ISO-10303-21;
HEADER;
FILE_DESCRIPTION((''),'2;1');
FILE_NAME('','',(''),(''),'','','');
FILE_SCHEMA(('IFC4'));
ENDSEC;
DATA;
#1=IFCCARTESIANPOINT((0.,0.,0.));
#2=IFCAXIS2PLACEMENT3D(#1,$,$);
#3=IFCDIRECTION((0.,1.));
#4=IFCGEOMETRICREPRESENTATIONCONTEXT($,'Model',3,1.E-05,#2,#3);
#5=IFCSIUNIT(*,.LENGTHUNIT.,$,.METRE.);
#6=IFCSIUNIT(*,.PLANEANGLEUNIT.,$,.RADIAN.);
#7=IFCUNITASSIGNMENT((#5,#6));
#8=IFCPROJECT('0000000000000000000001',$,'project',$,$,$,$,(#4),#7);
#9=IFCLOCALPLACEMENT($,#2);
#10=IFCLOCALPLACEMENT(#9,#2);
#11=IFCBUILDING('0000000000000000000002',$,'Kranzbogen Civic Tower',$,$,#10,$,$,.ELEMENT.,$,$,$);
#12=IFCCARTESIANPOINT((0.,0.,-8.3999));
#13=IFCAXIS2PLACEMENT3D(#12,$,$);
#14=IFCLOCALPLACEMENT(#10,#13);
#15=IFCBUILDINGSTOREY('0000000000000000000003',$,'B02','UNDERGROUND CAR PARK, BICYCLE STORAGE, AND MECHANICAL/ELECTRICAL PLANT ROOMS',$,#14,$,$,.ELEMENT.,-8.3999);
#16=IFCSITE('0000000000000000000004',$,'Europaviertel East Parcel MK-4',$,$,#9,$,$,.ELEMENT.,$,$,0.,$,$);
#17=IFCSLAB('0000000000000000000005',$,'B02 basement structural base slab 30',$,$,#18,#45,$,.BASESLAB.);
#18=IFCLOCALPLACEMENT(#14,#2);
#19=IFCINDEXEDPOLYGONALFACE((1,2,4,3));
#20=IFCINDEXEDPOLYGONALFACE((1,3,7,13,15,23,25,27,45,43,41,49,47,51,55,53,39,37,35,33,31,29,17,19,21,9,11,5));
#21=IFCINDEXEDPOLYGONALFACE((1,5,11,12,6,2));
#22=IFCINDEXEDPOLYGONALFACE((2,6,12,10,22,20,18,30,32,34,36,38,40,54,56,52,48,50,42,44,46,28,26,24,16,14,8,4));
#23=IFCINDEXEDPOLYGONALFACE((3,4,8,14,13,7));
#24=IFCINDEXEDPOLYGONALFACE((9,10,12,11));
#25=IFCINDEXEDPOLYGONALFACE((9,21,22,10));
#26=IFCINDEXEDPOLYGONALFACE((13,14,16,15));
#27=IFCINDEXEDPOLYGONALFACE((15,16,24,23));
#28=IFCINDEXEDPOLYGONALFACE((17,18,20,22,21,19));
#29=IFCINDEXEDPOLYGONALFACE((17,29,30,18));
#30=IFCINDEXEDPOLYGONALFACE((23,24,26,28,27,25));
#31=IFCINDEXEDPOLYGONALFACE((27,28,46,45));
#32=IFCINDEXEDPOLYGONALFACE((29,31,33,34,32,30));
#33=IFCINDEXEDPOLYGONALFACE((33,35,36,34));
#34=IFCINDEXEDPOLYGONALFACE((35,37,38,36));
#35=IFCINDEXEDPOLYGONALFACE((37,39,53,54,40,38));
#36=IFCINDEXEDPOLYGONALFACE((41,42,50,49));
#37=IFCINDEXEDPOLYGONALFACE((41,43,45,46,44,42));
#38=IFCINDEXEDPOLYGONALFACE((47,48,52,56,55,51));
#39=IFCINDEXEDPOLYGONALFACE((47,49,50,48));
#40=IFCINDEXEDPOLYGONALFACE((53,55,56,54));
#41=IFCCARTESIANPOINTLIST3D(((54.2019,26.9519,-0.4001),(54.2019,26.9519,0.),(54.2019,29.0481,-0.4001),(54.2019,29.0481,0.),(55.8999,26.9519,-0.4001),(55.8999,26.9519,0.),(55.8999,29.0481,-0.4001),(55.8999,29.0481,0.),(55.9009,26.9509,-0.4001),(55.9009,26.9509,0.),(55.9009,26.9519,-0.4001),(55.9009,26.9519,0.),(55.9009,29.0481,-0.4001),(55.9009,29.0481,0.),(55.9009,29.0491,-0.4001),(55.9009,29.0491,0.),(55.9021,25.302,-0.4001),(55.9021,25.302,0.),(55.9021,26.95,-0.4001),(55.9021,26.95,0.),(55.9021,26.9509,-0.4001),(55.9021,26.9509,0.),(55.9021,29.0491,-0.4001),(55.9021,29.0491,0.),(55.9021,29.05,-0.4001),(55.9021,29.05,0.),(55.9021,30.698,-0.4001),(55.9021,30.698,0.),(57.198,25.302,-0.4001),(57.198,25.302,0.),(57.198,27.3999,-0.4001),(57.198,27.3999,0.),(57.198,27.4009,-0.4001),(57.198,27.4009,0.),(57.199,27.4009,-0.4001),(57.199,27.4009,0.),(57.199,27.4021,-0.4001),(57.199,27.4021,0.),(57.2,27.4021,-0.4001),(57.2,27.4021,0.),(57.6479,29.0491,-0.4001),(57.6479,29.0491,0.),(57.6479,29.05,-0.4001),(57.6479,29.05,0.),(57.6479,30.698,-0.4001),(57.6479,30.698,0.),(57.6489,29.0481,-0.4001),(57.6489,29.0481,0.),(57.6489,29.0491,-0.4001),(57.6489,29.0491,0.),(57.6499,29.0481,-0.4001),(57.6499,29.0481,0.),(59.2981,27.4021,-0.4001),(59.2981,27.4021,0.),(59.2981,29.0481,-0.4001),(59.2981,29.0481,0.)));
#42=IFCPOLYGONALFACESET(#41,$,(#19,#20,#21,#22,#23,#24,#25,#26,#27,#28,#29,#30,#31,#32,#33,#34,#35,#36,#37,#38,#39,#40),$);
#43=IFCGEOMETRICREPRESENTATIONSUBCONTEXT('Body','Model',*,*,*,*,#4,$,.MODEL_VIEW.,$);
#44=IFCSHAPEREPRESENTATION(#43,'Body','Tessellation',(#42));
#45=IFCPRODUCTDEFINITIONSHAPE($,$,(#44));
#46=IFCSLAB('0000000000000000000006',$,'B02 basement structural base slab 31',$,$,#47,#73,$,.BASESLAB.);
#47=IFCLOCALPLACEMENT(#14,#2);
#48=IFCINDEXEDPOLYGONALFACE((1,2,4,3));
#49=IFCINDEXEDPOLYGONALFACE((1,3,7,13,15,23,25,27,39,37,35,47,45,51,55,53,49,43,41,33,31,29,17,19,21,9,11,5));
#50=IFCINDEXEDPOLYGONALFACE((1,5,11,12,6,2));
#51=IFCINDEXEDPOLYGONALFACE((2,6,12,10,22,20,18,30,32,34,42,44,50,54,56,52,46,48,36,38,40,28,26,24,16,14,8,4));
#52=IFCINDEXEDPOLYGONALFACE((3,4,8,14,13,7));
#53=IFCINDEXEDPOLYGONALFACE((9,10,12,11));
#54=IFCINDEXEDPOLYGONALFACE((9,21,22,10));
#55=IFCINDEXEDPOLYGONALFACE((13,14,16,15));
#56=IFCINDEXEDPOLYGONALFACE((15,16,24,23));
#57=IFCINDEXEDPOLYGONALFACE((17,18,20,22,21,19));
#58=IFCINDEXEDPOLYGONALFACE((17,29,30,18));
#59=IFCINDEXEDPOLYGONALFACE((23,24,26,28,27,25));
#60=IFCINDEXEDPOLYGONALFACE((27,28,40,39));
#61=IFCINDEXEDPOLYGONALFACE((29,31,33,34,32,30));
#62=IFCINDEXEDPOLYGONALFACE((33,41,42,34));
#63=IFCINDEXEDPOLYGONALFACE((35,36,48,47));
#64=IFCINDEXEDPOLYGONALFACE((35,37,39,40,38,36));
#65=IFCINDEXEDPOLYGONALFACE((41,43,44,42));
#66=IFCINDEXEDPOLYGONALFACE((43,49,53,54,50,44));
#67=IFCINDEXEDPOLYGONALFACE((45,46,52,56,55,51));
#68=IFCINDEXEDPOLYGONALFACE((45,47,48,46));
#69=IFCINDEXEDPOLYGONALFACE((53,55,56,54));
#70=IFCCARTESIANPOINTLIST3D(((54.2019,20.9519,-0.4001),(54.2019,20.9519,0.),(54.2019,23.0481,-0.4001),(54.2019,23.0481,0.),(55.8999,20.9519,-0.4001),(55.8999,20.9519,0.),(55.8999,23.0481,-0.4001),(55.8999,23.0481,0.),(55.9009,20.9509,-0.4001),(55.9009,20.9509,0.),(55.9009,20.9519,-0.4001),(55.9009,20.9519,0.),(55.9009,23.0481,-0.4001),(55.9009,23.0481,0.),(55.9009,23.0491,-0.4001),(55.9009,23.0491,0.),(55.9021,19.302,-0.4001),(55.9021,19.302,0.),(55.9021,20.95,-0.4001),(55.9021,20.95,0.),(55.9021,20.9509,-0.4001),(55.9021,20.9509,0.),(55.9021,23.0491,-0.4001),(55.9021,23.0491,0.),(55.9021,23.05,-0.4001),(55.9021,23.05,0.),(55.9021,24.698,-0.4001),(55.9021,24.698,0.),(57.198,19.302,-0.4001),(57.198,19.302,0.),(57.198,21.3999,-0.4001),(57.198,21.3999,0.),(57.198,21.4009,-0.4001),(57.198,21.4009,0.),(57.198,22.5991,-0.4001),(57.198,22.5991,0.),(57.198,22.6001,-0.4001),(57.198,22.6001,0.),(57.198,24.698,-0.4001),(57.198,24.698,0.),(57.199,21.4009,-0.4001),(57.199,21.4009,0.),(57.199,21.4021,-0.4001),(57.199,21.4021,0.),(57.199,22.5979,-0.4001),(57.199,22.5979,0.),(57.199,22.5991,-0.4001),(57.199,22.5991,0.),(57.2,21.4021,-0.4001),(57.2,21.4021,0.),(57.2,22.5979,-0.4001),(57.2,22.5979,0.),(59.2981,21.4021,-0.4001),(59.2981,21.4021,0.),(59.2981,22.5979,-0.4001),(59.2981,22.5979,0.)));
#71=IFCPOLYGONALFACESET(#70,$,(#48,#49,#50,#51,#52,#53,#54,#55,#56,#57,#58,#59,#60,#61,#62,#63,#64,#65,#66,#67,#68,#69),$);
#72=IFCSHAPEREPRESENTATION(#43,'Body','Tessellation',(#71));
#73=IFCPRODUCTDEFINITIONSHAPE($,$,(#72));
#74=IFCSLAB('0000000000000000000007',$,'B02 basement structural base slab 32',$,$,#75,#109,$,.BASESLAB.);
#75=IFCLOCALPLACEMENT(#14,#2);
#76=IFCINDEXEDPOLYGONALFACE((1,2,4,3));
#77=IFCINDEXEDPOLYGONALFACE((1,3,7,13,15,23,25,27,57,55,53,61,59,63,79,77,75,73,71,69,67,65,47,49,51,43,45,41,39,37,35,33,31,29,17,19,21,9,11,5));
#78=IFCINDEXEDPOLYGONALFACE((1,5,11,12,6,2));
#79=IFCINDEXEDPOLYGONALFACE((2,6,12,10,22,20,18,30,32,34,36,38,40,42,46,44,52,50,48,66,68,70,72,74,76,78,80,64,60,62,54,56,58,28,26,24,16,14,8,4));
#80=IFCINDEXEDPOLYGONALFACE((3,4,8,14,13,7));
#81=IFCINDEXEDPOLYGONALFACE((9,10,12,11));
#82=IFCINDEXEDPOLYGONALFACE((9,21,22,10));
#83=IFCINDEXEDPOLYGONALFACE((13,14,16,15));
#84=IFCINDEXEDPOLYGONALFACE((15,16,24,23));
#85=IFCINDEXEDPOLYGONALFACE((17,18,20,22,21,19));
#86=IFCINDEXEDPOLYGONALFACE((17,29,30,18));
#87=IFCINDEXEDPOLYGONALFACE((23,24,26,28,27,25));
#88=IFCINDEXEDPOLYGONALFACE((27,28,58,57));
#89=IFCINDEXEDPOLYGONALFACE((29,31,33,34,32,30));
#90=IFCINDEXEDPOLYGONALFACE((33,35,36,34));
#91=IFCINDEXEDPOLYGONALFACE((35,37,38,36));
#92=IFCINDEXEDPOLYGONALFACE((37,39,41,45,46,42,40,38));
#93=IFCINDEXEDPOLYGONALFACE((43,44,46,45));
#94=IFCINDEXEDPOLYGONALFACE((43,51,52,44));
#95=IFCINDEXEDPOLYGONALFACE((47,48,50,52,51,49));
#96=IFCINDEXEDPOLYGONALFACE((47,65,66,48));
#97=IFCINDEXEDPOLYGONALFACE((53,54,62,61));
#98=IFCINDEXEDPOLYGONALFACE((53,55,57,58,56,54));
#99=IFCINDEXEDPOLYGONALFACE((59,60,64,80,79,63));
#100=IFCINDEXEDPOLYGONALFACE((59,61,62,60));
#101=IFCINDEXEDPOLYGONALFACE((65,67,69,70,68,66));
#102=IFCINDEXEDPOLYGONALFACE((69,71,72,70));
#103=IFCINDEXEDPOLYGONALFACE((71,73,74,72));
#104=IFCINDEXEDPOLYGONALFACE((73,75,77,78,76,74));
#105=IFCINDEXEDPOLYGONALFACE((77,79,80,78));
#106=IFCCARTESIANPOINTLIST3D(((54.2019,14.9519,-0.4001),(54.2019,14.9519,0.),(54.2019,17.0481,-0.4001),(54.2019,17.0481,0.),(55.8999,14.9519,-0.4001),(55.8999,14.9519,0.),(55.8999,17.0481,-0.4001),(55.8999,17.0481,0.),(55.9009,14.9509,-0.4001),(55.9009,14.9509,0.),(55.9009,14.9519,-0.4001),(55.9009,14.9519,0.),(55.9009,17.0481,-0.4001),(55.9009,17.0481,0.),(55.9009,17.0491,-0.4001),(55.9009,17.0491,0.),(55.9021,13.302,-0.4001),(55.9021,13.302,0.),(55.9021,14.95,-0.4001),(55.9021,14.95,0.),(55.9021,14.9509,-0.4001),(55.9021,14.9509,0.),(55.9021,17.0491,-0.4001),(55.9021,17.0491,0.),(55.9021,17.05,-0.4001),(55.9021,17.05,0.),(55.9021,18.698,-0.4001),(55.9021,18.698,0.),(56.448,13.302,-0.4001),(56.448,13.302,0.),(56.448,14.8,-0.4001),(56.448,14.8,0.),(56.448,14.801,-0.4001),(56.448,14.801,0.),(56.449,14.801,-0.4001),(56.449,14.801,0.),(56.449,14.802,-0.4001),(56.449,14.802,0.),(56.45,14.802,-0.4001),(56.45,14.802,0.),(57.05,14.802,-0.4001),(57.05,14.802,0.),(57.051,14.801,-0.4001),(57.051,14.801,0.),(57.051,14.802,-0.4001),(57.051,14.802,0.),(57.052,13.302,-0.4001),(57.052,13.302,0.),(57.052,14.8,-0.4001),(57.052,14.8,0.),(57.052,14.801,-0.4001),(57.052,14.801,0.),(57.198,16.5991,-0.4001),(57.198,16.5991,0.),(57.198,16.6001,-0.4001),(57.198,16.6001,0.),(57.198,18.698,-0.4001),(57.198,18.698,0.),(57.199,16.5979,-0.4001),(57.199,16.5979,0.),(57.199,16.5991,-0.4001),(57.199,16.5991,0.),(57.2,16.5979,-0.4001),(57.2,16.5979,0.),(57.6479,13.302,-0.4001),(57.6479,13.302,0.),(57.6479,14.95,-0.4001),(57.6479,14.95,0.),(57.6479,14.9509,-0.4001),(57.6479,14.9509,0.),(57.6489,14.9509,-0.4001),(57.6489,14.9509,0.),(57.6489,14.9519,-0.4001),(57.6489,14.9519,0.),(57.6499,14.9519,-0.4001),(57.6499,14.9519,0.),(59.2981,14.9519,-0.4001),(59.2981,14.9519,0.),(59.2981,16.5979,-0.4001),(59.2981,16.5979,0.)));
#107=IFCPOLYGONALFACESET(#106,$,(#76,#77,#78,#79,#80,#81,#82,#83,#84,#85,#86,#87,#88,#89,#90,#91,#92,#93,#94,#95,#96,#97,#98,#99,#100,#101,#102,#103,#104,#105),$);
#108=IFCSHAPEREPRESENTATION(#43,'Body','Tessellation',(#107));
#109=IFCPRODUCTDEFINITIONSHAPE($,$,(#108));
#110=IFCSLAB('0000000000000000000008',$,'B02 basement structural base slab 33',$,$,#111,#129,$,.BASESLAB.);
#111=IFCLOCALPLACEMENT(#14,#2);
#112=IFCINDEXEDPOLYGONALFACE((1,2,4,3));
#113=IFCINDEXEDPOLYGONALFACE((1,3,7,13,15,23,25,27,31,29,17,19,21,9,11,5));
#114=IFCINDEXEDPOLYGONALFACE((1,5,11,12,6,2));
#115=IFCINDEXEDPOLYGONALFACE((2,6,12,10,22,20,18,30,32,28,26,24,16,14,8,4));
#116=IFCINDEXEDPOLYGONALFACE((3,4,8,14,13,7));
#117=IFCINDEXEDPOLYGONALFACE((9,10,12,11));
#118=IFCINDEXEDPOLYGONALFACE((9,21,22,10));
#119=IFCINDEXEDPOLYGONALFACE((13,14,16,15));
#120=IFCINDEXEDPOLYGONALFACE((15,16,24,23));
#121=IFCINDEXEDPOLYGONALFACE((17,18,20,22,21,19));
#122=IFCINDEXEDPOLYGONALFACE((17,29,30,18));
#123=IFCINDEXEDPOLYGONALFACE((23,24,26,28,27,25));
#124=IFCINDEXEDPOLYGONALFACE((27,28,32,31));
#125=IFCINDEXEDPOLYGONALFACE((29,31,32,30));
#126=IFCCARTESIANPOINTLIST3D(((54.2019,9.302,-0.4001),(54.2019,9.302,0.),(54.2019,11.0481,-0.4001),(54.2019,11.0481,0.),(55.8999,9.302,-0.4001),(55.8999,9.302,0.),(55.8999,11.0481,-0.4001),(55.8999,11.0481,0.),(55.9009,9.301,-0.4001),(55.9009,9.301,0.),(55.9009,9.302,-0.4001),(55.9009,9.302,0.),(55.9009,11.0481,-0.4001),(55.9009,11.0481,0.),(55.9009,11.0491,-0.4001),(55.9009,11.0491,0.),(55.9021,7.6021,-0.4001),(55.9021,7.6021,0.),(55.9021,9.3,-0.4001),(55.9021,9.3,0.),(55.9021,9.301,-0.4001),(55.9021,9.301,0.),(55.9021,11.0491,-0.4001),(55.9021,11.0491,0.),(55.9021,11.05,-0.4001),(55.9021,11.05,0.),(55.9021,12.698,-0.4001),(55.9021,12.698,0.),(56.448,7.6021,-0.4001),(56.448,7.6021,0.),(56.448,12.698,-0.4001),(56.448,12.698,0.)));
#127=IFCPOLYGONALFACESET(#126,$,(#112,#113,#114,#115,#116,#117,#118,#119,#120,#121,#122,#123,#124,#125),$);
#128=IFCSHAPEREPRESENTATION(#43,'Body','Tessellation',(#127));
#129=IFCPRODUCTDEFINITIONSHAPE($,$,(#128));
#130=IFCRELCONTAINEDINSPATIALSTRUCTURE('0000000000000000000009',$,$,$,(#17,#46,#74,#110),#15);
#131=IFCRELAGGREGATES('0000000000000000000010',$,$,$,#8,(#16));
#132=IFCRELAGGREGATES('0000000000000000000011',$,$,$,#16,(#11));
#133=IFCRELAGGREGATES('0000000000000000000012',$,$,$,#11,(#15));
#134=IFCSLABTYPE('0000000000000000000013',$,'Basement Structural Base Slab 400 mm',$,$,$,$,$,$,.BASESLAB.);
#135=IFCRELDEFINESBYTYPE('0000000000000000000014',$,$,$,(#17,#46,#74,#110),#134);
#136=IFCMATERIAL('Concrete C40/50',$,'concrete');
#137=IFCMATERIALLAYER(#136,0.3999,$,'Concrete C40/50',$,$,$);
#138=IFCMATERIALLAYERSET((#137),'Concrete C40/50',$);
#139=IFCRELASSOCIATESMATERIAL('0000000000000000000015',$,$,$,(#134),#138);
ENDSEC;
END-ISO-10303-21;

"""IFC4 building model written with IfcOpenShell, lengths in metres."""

from ifc_helpers import new_model, si_unit, direction, frame, origin, place, context, subcontext, project, spatial, polyline, outline, extrude, material, layer, layer_set, type_object, element, save


model = new_model("IFC4")

# Units and contexts
model_context = context("Model", 3, precision=1e-05, world=origin(), true_north=direction((0.0, 1.0)))
body_context = subcontext(model_context, "Body", "Model", "MODEL_VIEW")
ifc_project = project(units=[si_unit("LENGTHUNIT", "METRE"), si_unit("PLANEANGLEUNIT", "RADIAN")], contexts=[model_context])

# Site, building, storey
site_placement = place(None, origin())
site = spatial("IfcSite", under=ifc_project, at=site_placement, Name="Europaviertel East Parcel MK-4", CompositionType="ELEMENT", RefElevation=0.0)
building_placement = place(site_placement, origin())
building = spatial("IfcBuilding", under=site, at=building_placement, Name="Kranzbogen Civic Tower", CompositionType="ELEMENT")
storey_placement = place(building_placement, frame((0.0, 0.0, -8.3999)))
storey = spatial("IfcBuildingStorey", under=building, at=storey_placement, Name="B02", Description="UNDERGROUND CAR PARK, BICYCLE STORAGE, AND MECHANICAL/ELECTRICAL PLANT ROOMS", CompositionType="ELEMENT", Elevation=-8.3999)

# Slabs
ifc_material_1 = material(Name="Concrete C40/50", Category="concrete")
ifc_layer_1 = layer(ifc_material_1, 0.3999, Name="Concrete C40/50")
ifc_layer_set_1 = layer_set([ifc_layer_1], Name="Concrete C40/50")
slab_type_1 = type_object("IfcSlabType", Name="Basement Structural Base Slab 400 mm", PredefinedType="BASESLAB", material=ifc_layer_set_1)
slab_1_placement = place(storey_placement, frame((0.0, 0.0, -0.4001)))
element("IfcSlab", 1, at=slab_1_placement, inside=storey, type_object=slab_type_1, Name="B02 basement structural base slab 30", PredefinedType="BASESLAB", context=body_context, shape_type="SweptSolid", body=[
    extrude(outline(polyline([(55.9021, 30.698), (55.9021, 29.05), (55.9021, 29.05), (55.9021, 29.05), (55.9021, 29.0491), (55.9021, 29.0491), (55.9021, 29.0491), (55.9021, 29.0491), (55.9021, 29.0491), (55.9009, 29.0491), (55.9009, 29.0481), (55.9009, 29.0481), (55.9009, 29.0481), (55.9009, 29.0481), (55.9009, 29.0481), (55.8999, 29.0481), (55.8999, 29.0481), (55.8999, 29.0481), (54.2019, 29.0481), (54.2019, 26.9519), (55.8999, 26.9519), (55.8999, 26.9519), (55.8999, 26.9519), (55.9009, 26.9519), (55.9009, 26.9519), (55.9009, 26.9519), (55.9009, 26.9519), (55.9009, 26.9519), (55.9009, 26.9509), (55.9021, 26.9509), (55.9021, 26.9509), (55.9021, 26.9509), (55.9021, 26.9509), (55.9021, 26.9509), (55.9021, 26.95), (55.9021, 26.95), (55.9021, 26.95), (55.9021, 25.302), (57.198, 25.302), (57.198, 27.3999), (57.198, 27.3999), (57.198, 27.3999), (57.198, 27.4009), (57.198, 27.4009), (57.198, 27.4009), (57.198, 27.4009), (57.198, 27.4009), (57.199, 27.4009), (57.199, 27.4021), (57.199, 27.4021), (57.199, 27.4021), (57.199, 27.4021), (57.199, 27.4021), (57.2, 27.4021), (57.2, 27.4021), (57.2, 27.4021), (59.2981, 27.4021), (59.2981, 29.0481), (57.6499, 29.0481), (57.6499, 29.0481), (57.6499, 29.0481), (57.6489, 29.0481), (57.6489, 29.0481), (57.6489, 29.0481), (57.6489, 29.0481), (57.6489, 29.0481), (57.6489, 29.0491), (57.6479, 29.0491), (57.6479, 29.0491), (57.6479, 29.0491), (57.6479, 29.0491), (57.6479, 29.0491), (57.6479, 29.05), (57.6479, 29.05), (57.6479, 29.05), (57.6479, 30.698), (55.9021, 30.698)])), origin(), (0.0, 0.0, 1.0), 0.4001),
])
slab_2_placement = place(storey_placement, frame((0.0, 0.0, -0.4001)))
element("IfcSlab", 2, at=slab_2_placement, inside=storey, type_object=slab_type_1, Name="B02 basement structural base slab 31", PredefinedType="BASESLAB", context=body_context, shape_type="SweptSolid", body=[
    extrude(outline(polyline([(55.9021, 24.698), (55.9021, 23.05), (55.9021, 23.05), (55.9021, 23.05), (55.9021, 23.0491), (55.9021, 23.0491), (55.9021, 23.0491), (55.9021, 23.0491), (55.9021, 23.0491), (55.9009, 23.0491), (55.9009, 23.0481), (55.9009, 23.0481), (55.9009, 23.0481), (55.9009, 23.0481), (55.9009, 23.0481), (55.8999, 23.0481), (55.8999, 23.0481), (55.8999, 23.0481), (54.2019, 23.0481), (54.2019, 20.9519), (55.8999, 20.9519), (55.8999, 20.9519), (55.8999, 20.9519), (55.9009, 20.9519), (55.9009, 20.9519), (55.9009, 20.9519), (55.9009, 20.9519), (55.9009, 20.9519), (55.9009, 20.9509), (55.9021, 20.9509), (55.9021, 20.9509), (55.9021, 20.9509), (55.9021, 20.9509), (55.9021, 20.9509), (55.9021, 20.95), (55.9021, 20.95), (55.9021, 20.95), (55.9021, 19.302), (57.198, 19.302), (57.198, 21.3999), (57.198, 21.3999), (57.198, 21.3999), (57.198, 21.4009), (57.198, 21.4009), (57.198, 21.4009), (57.198, 21.4009), (57.198, 21.4009), (57.199, 21.4009), (57.199, 21.4021), (57.199, 21.4021), (57.199, 21.4021), (57.199, 21.4021), (57.199, 21.4021), (57.2, 21.4021), (57.2, 21.4021), (57.2, 21.4021), (59.2981, 21.4021), (59.2981, 22.5979), (57.2, 22.5979), (57.2, 22.5979), (57.2, 22.5979), (57.199, 22.5979), (57.199, 22.5979), (57.199, 22.5979), (57.199, 22.5979), (57.199, 22.5979), (57.199, 22.5991), (57.198, 22.5991), (57.198, 22.5991), (57.198, 22.5991), (57.198, 22.5991), (57.198, 22.5991), (57.198, 22.6001), (57.198, 22.6001), (57.198, 22.6001), (57.198, 24.698), (55.9021, 24.698)])), origin(), (0.0, 0.0, 1.0), 0.4001),
])
slab_3_placement = place(storey_placement, frame((0.0, 0.0, -0.4001)))
element("IfcSlab", 3, at=slab_3_placement, inside=storey, type_object=slab_type_1, Name="B02 basement structural base slab 32", PredefinedType="BASESLAB", context=body_context, shape_type="SweptSolid", body=[
    extrude(outline(polyline([(55.9021, 17.05), (55.9021, 17.05), (55.9021, 17.05), (55.9021, 17.0491), (55.9021, 17.0491), (55.9021, 17.0491), (55.9021, 17.0491), (55.9021, 17.0491), (55.9009, 17.0491), (55.9009, 17.0481), (55.9009, 17.0481), (55.9009, 17.0481), (55.9009, 17.0481), (55.9009, 17.0481), (55.8999, 17.0481), (55.8999, 17.0481), (55.8999, 17.0481), (54.2019, 17.0481), (54.2019, 14.9519), (55.8999, 14.9519), (55.8999, 14.9519), (55.8999, 14.9519), (55.9009, 14.9519), (55.9009, 14.9519), (55.9009, 14.9519), (55.9009, 14.9519), (55.9009, 14.9519), (55.9009, 14.9509), (55.9021, 14.9509), (55.9021, 14.9509), (55.9021, 14.9509), (55.9021, 14.9509), (55.9021, 14.9509), (55.9021, 14.95), (55.9021, 14.95), (55.9021, 14.95), (55.9021, 13.302), (56.448, 13.302), (56.448, 14.8), (56.448, 14.8), (56.448, 14.8), (56.448, 14.801), (56.448, 14.801), (56.448, 14.801), (56.448, 14.801), (56.448, 14.801), (56.449, 14.801), (56.449, 14.802), (56.449, 14.802), (56.449, 14.802), (56.449, 14.802), (56.449, 14.802), (56.45, 14.802), (56.45, 14.802), (56.45, 14.802), (57.05, 14.802), (57.05, 14.802), (57.05, 14.802), (57.051, 14.802), (57.051, 14.802), (57.051, 14.802), (57.051, 14.802), (57.051, 14.802), (57.051, 14.801), (57.052, 14.801), (57.052, 14.801), (57.052, 14.801), (57.052, 14.801), (57.052, 14.801), (57.052, 14.8), (57.052, 14.8), (57.052, 14.8), (57.052, 13.302), (57.6479, 13.302), (57.6479, 14.95), (57.6479, 14.95), (57.6479, 14.95), (57.6479, 14.9509), (57.6479, 14.9509), (57.6479, 14.9509), (57.6479, 14.9509), (57.6479, 14.9509), (57.6489, 14.9509), (57.6489, 14.9519), (57.6489, 14.9519), (57.6489, 14.9519), (57.6489, 14.9519), (57.6489, 14.9519), (57.6499, 14.9519), (57.6499, 14.9519), (57.6499, 14.9519), (59.2981, 14.9519), (59.2981, 16.5979), (57.2, 16.5979), (57.2, 16.5979), (57.2, 16.5979), (57.199, 16.5979), (57.199, 16.5979), (57.199, 16.5979), (57.199, 16.5979), (57.199, 16.5979), (57.199, 16.5991), (57.198, 16.5991), (57.198, 16.5991), (57.198, 16.5991), (57.198, 16.5991), (57.198, 16.5991), (57.198, 16.6001), (57.198, 16.6001), (57.198, 16.6001), (57.198, 18.698), (55.9021, 18.698), (55.9021, 17.05)])), origin(), (0.0, 0.0, 1.0), 0.4001),
])
slab_4_placement = place(storey_placement, frame((0.0, 0.0, -0.4001)))
element("IfcSlab", 4, at=slab_4_placement, inside=storey, type_object=slab_type_1, Name="B02 basement structural base slab 33", PredefinedType="BASESLAB", context=body_context, shape_type="SweptSolid", body=[
    extrude(outline(polyline([(54.2019, 11.0481), (54.2019, 9.302), (55.8999, 9.302), (55.8999, 9.302), (55.8999, 9.302), (55.9009, 9.302), (55.9009, 9.302), (55.9009, 9.302), (55.9009, 9.302), (55.9009, 9.302), (55.9009, 9.301), (55.9021, 9.301), (55.9021, 9.301), (55.9021, 9.301), (55.9021, 9.301), (55.9021, 9.301), (55.9021, 9.3), (55.9021, 9.3), (55.9021, 9.3), (55.9021, 7.6021), (56.448, 7.6021), (56.448, 12.698), (55.9021, 12.698), (55.9021, 11.05), (55.9021, 11.05), (55.9021, 11.05), (55.9021, 11.0491), (55.9021, 11.0491), (55.9021, 11.0491), (55.9021, 11.0491), (55.9021, 11.0491), (55.9009, 11.0491), (55.9009, 11.0481), (55.9009, 11.0481), (55.9009, 11.0481), (55.9009, 11.0481), (55.9009, 11.0481), (55.8999, 11.0481), (55.8999, 11.0481), (55.8999, 11.0481), (54.2019, 11.0481)])), origin(), (0.0, 0.0, 1.0), 0.4001),
])

save(model, "model.ifc")
